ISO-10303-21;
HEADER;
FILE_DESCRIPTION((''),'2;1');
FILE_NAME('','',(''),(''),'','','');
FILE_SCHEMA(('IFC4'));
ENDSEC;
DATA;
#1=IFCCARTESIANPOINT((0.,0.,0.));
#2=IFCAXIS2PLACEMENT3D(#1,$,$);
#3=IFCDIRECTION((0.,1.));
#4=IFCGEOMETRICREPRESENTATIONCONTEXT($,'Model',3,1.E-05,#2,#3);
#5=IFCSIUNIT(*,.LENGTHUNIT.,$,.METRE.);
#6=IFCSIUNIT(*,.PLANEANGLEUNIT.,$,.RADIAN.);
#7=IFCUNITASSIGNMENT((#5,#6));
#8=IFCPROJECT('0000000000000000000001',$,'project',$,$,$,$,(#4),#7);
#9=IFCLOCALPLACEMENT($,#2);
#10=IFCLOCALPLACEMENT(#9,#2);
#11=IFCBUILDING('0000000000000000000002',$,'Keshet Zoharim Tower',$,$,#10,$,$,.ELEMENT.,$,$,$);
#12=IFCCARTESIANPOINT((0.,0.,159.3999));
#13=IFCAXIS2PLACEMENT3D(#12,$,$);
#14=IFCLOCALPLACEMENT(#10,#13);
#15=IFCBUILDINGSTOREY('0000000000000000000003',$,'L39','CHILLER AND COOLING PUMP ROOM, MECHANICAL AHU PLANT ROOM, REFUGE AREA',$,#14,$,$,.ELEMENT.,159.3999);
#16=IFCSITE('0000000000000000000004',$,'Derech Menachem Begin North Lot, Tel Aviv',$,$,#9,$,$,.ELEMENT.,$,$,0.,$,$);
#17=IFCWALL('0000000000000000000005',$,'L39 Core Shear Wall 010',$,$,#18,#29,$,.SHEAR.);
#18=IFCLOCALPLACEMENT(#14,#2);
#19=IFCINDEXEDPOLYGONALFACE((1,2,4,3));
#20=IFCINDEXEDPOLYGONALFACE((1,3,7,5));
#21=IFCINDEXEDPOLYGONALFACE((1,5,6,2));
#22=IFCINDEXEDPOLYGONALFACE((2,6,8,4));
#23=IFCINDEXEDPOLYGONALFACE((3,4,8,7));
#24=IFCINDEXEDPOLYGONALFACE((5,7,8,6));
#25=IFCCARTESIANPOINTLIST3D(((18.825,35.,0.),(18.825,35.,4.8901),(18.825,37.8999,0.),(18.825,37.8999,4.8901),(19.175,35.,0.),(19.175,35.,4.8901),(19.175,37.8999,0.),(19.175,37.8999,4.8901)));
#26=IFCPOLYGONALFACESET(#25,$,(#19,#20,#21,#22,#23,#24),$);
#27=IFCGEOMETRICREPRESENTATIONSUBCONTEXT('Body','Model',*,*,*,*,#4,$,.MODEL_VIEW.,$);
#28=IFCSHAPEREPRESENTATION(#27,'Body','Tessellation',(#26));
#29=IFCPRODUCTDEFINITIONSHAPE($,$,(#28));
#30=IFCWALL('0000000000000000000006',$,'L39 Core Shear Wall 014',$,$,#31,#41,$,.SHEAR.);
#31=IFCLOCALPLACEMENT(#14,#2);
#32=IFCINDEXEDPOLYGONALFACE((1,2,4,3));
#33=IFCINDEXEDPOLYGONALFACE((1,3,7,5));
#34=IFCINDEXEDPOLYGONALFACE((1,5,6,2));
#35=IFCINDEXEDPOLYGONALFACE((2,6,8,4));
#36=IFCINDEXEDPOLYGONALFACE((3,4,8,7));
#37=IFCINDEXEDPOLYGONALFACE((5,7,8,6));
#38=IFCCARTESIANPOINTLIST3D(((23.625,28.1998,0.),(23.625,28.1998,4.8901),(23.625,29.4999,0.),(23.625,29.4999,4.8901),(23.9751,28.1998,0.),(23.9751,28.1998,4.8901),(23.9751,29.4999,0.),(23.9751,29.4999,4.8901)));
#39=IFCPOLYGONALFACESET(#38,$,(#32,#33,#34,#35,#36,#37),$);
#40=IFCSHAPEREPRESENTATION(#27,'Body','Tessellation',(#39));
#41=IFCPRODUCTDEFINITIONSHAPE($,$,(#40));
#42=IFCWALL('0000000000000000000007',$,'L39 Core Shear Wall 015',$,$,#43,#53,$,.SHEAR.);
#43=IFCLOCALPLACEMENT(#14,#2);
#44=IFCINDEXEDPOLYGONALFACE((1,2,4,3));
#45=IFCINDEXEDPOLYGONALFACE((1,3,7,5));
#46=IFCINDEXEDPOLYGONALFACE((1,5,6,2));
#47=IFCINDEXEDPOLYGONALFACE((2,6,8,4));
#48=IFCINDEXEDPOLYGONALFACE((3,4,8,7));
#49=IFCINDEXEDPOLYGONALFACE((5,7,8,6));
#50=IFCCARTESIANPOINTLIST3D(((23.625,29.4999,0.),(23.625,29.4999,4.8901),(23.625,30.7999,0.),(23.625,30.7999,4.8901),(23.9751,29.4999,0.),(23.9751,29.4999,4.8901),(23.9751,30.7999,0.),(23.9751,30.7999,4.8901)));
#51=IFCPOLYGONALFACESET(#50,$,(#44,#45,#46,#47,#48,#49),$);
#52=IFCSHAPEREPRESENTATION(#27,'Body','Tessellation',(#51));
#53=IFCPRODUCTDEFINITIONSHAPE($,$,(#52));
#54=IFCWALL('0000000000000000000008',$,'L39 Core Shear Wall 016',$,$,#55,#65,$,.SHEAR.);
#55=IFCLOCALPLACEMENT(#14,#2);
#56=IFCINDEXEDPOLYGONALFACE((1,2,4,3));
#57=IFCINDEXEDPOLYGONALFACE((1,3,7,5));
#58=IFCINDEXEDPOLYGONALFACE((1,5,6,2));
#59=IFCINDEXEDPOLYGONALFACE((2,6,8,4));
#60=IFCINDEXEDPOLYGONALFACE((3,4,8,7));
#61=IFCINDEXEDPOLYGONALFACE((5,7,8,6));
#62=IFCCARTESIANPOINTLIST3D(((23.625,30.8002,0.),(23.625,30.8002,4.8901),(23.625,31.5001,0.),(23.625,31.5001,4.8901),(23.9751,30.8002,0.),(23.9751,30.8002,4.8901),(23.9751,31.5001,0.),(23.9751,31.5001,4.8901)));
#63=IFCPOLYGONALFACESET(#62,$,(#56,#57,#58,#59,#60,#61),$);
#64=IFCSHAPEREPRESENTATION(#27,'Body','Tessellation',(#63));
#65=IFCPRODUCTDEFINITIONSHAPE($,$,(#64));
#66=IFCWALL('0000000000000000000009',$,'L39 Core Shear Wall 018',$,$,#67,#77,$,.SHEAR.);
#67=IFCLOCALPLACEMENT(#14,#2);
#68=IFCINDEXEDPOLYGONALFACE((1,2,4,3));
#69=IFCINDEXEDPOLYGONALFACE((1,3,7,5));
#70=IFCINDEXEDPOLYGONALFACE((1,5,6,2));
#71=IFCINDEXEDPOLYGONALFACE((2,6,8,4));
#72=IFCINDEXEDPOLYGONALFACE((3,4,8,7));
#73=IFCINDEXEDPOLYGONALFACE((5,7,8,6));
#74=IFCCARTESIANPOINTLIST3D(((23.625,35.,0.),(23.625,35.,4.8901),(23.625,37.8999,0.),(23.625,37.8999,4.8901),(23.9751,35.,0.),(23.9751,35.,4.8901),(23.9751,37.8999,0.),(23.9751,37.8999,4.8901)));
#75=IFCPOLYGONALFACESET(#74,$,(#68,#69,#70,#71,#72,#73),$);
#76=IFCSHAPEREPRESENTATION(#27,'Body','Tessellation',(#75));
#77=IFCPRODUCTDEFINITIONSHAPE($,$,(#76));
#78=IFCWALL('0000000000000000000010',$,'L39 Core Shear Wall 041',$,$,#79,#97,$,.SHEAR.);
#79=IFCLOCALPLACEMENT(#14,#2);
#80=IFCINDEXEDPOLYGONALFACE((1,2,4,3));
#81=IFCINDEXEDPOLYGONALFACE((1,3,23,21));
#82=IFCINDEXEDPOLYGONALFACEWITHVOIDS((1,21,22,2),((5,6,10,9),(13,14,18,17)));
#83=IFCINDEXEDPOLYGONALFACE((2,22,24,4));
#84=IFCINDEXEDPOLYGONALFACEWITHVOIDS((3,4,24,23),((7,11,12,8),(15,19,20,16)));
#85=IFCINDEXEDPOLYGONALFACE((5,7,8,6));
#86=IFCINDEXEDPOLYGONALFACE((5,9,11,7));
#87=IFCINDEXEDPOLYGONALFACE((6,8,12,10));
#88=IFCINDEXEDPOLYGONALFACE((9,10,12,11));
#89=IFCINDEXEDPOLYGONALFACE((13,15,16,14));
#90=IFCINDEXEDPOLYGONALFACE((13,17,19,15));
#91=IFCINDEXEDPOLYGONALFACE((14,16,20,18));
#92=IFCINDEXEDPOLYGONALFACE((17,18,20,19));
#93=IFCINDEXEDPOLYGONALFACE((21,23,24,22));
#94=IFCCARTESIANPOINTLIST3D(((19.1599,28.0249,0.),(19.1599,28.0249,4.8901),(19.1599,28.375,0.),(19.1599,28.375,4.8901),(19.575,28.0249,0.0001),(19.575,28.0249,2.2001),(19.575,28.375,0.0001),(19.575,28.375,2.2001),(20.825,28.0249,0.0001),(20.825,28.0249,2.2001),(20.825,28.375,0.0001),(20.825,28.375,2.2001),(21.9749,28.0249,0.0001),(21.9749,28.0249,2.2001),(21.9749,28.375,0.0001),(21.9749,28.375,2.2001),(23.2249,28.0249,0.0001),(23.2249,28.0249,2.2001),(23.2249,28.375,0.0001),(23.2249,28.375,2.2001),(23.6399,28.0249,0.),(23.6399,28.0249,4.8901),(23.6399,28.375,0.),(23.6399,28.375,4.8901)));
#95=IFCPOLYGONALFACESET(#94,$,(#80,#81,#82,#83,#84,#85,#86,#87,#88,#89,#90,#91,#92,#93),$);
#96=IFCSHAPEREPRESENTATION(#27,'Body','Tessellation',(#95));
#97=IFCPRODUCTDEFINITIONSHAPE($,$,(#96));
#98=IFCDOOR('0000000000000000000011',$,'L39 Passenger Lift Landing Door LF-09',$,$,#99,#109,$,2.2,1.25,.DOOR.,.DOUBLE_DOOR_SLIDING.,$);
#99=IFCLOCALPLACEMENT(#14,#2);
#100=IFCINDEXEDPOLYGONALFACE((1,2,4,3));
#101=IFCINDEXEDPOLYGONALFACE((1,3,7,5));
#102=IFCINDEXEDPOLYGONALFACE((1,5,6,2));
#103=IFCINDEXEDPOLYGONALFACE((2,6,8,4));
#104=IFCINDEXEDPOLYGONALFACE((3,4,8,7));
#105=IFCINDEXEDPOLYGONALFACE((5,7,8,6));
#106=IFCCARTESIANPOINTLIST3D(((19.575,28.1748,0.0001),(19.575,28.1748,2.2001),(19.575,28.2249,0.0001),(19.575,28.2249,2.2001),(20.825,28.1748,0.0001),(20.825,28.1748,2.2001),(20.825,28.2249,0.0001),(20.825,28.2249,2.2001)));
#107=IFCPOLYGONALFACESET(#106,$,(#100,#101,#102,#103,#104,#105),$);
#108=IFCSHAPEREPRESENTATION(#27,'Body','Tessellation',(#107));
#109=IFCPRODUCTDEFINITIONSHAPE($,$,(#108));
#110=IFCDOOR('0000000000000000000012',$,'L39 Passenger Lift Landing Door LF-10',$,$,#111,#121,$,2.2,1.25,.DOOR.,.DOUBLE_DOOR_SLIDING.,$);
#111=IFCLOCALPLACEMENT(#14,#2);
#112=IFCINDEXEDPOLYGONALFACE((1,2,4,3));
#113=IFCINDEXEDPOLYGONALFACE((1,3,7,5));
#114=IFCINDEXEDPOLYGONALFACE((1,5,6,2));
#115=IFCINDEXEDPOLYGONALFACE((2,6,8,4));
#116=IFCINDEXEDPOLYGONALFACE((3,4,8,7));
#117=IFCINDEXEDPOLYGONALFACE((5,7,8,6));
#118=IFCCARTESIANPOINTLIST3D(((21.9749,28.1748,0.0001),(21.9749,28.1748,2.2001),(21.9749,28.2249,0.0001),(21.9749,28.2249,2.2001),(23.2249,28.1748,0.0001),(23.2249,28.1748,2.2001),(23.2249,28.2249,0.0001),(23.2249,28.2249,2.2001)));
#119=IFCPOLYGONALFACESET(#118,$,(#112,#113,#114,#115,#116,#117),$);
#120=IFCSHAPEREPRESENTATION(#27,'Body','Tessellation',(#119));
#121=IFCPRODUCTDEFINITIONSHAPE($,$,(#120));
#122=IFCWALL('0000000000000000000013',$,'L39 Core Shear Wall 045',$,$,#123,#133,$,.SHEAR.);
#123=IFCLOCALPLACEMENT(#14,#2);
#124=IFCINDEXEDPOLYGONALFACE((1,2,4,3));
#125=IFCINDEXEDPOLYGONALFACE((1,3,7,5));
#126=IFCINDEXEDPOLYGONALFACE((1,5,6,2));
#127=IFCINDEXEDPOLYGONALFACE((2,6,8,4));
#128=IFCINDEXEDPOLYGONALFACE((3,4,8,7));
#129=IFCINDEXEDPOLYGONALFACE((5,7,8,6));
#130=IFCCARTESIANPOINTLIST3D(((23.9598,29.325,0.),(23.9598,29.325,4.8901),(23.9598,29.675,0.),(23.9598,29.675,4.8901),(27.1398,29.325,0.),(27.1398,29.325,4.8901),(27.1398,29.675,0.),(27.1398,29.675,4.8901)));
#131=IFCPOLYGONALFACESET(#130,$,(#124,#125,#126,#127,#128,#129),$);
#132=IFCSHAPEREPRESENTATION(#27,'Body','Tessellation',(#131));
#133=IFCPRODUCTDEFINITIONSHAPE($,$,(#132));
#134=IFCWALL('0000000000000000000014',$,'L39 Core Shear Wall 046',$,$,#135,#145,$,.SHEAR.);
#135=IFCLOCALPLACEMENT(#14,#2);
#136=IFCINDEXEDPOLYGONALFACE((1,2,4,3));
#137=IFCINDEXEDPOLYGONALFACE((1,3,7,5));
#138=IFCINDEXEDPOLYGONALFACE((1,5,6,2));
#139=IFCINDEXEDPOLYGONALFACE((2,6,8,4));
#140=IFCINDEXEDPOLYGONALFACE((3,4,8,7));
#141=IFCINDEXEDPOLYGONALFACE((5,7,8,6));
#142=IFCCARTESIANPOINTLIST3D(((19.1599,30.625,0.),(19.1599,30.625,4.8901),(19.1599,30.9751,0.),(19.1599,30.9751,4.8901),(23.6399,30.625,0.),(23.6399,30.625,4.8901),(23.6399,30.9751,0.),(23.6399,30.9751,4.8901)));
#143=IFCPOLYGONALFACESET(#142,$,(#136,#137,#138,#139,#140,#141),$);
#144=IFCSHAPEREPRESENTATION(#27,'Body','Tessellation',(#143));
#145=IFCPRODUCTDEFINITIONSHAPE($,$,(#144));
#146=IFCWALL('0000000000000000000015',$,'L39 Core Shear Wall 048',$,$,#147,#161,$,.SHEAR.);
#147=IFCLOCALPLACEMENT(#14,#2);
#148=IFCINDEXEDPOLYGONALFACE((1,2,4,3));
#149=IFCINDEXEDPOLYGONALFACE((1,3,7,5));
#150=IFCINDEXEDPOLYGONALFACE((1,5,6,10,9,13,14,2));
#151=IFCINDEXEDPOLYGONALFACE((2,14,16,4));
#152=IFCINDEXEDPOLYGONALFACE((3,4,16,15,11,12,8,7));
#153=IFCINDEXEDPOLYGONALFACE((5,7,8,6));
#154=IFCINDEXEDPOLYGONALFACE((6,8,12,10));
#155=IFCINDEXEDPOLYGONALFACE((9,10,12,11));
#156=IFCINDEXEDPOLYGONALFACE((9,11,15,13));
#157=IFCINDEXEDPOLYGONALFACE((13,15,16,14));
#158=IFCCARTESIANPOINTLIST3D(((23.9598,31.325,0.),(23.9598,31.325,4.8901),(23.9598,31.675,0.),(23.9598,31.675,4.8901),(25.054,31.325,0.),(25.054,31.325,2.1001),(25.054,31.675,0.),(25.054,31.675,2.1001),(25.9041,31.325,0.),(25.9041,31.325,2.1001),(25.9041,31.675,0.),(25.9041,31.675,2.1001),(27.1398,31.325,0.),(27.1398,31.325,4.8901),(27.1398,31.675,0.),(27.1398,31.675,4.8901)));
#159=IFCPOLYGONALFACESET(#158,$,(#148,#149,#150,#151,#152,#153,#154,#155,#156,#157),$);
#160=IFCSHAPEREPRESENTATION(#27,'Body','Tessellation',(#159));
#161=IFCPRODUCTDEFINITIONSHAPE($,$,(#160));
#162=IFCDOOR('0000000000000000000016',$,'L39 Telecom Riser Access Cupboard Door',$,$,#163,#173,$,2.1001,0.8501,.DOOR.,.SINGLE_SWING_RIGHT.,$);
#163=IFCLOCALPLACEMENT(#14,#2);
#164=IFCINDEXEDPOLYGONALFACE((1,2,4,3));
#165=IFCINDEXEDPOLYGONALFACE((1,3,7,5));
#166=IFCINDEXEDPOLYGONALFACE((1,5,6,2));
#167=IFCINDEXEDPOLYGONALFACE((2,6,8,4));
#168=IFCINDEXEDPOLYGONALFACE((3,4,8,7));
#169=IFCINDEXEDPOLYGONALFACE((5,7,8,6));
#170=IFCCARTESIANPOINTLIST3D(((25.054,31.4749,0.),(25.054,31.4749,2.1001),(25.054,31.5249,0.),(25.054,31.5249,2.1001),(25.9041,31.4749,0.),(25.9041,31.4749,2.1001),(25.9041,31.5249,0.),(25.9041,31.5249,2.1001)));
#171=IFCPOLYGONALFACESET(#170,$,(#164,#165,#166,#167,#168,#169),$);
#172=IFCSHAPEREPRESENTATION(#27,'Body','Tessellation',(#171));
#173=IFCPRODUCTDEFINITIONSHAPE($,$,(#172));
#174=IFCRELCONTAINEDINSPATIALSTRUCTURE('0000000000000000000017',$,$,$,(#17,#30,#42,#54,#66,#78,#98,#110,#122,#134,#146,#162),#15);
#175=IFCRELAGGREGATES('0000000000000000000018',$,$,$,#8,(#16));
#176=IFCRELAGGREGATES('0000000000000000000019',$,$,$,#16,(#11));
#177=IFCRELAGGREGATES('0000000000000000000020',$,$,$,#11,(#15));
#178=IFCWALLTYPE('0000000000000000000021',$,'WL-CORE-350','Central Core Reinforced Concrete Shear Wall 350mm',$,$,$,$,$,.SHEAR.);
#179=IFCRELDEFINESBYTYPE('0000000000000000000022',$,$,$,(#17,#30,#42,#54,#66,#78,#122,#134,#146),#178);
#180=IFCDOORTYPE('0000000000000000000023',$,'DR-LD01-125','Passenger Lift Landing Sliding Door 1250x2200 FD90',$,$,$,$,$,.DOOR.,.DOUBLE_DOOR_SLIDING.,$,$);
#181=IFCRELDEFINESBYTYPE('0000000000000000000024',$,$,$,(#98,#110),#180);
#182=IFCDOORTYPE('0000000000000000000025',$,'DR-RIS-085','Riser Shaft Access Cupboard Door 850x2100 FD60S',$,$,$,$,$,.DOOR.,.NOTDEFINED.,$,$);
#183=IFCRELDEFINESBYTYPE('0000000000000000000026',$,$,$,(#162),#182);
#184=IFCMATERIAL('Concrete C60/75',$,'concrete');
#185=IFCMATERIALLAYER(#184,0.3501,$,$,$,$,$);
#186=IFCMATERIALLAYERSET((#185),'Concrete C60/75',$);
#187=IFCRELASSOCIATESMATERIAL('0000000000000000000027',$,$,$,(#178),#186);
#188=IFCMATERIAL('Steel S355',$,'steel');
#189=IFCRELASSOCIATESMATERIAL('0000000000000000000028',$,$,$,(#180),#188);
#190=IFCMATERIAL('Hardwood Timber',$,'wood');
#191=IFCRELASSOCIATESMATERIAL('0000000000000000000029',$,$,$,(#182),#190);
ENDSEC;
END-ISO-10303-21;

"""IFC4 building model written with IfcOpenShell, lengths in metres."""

from ifc_helpers import new_model, si_unit, direction, frame, frame_2d, origin, place, context, subcontext, project, spatial, rectangle, extrude, material, layer, layer_set, type_object, element, fill, save


model = new_model("IFC4")

# Units and contexts
model_context = context("Model", 3, precision=1e-05, world=origin(), true_north=direction((0.0, 1.0)))
body_context = subcontext(model_context, "Body", "Model", "MODEL_VIEW")
ifc_project = project(units=[si_unit("LENGTHUNIT", "METRE"), si_unit("PLANEANGLEUNIT", "RADIAN")], contexts=[model_context])

# Site, building, storey
site_placement = place(None, origin())
site = spatial("IfcSite", under=ifc_project, at=site_placement, Name="Derech Menachem Begin North Lot, Tel Aviv", CompositionType="ELEMENT", RefElevation=0.0)
building_placement = place(site_placement, origin())
building = spatial("IfcBuilding", under=site, at=building_placement, Name="Keshet Zoharim Tower", CompositionType="ELEMENT")
storey_placement = place(building_placement, frame((0.0, 0.0, 159.3999)))
storey = spatial("IfcBuildingStorey", under=building, at=storey_placement, Name="L39", Description="CHILLER AND COOLING PUMP ROOM, MECHANICAL AHU PLANT ROOM, REFUGE AREA", CompositionType="ELEMENT", Elevation=159.3999)

# Walls
ifc_material_1 = material(Name="Concrete C60/75", Category="concrete")
ifc_layer_1 = layer(ifc_material_1, 0.3501)
ifc_layer_set_1 = layer_set([ifc_layer_1], Name="Concrete C60/75")
wall_type_1 = type_object("IfcWallType", Name="WL-CORE-350", Description="Central Core Reinforced Concrete Shear Wall 350mm", PredefinedType="SHEAR", material=ifc_layer_set_1)
wall_1_placement = place(storey_placement, frame((19.0, 35.0, 0.0), z_axis=(0.0, 0.0, 1.0), x_axis=(0.0, 1.0, 0.0)))
element("IfcWall", 1, at=wall_1_placement, inside=storey, type_object=wall_type_1, Name="L39 Core Shear Wall 010", PredefinedType="SHEAR", context=body_context, shape_type="SweptSolid", body=[
    extrude(rectangle(XDim=2.8999, YDim=0.3501, at=frame_2d((1.45, 0.0))), origin(), (0.0, 0.0, 1.0), 4.8901),
])
for number, where, z_axis, x_axis, name in (
    (2, (23.8, 28.2, 0.0), (0.0, 0.0, 1.0), (0.0, 1.0, 0.0), "L39 Core Shear Wall 014"),
    (3, (23.8, 29.5, 0.0), (0.0, 0.0, 1.0), (0.0, 1.0, 0.0), "L39 Core Shear Wall 015"),
):
    element("IfcWall", number, at=place(storey_placement, frame(where, z_axis=z_axis, x_axis=x_axis)), inside=storey, type_object=wall_type_1, Name=name, PredefinedType="SHEAR", context=body_context, shape_type="SweptSolid", body=[
        extrude(rectangle(XDim=1.3, YDim=0.3501, at=frame_2d((0.6499, 0.0))), origin(), (0.0, 0.0, 1.0), 4.8901),
    ])
wall_2_placement = place(storey_placement, frame((23.8, 30.8, 0.0), z_axis=(0.0, 0.0, 1.0), x_axis=(0.0, 1.0, 0.0)))
element("IfcWall", 4, at=wall_2_placement, inside=storey, type_object=wall_type_1, Name="L39 Core Shear Wall 016", PredefinedType="SHEAR", context=body_context, shape_type="SweptSolid", body=[
    extrude(rectangle(XDim=0.7, YDim=0.3501, at=frame_2d((0.3501, 0.0))), origin(), (0.0, 0.0, 1.0), 4.8901),
])

# Shared definitions
ifc_material_2 = material(Name="Hardwood Timber", Category="wood")

# Wall
wall_3_placement = place(storey_placement, frame((23.8, 35.0, 0.0), z_axis=(0.0, 0.0, 1.0), x_axis=(0.0, 1.0, 0.0)))
element("IfcWall", 5, at=wall_3_placement, inside=storey, type_object=wall_type_1, Name="L39 Core Shear Wall 018", PredefinedType="SHEAR", context=body_context, shape_type="SweptSolid", body=[
    extrude(rectangle(XDim=2.8999, YDim=0.3501, at=frame_2d((1.45, 0.0))), origin(), (0.0, 0.0, 1.0), 4.8901),
])

# Wall, openings, doors
wall_4_placement = place(storey_placement, frame((19.1599, 28.2, 0.0), z_axis=(0.0, 0.0, 1.0), x_axis=(1.0, 0.0, 0.0)))
wall_4 = element("IfcWall", 6, at=wall_4_placement, inside=storey, type_object=wall_type_1, Name="L39 Core Shear Wall 041", PredefinedType="SHEAR", context=body_context, shape_type="SweptSolid", body=[
    extrude(rectangle(XDim=4.48, YDim=0.3501, at=frame_2d((2.24, 0.0))), origin(), (0.0, 0.0, 1.0), 4.8901),
])
opening_1_placement = place(wall_4_placement, frame((0.415, 0.0, 0.0)))
opening_1 = element("IfcOpeningElement", 7, at=opening_1_placement, cuts=wall_4, PredefinedType="OPENING", context=body_context, shape_type="SweptSolid", body=[
    extrude(rectangle(XDim=1.25, YDim=2.2, at=frame_2d((0.625, 1.1001))), frame((0.0, 0.1851, 0.0), z_axis=(0.0, -1.0, 0.0), x_axis=(1.0, 0.0, 0.0)), (0.0, 0.0, 1.0), 0.3701),
])
opening_2_placement = place(wall_4_placement, frame((2.8149, 0.0, 0.0)))
opening_2 = element("IfcOpeningElement", 8, at=opening_2_placement, cuts=wall_4, PredefinedType="OPENING", context=body_context, shape_type="SweptSolid", body=[
    extrude(rectangle(XDim=1.25, YDim=2.2, at=frame_2d((0.625, 1.1001))), frame((0.0, 0.1851, 0.0), z_axis=(0.0, -1.0, 0.0), x_axis=(1.0, 0.0, 0.0)), (0.0, 0.0, 1.0), 0.3701),
])
ifc_material_3 = material(Name="Steel S355", Category="steel")
door_type_1 = type_object("IfcDoorType", Name="DR-LD01-125", Description="Passenger Lift Landing Sliding Door 1250x2200 FD90", OperationType="DOUBLE_DOOR_SLIDING", PredefinedType="DOOR", material=ifc_material_3)
door_1_placement = place(opening_1_placement, origin())
door_1 = element("IfcDoor", 9, at=door_1_placement, inside=storey, type_object=door_type_1, Name="L39 Passenger Lift Landing Door LF-09", OperationType="DOUBLE_DOOR_SLIDING", OverallHeight=2.2, OverallWidth=1.25, PredefinedType="DOOR", context=body_context, shape_type="SweptSolid", body=[
    extrude(rectangle(XDim=1.25, YDim=2.2, at=frame_2d((0.625, 1.1001))), frame((0.0, 0.0249, 0.0), z_axis=(0.0, -1.0, 0.0), x_axis=(1.0, 0.0, 0.0)), (0.0, 0.0, 1.0), 0.05),
])
fill(opening_1, door_1)
door_2_placement = place(opening_2_placement, origin())
door_2 = element("IfcDoor", 10, at=door_2_placement, inside=storey, type_object=door_type_1, Name="L39 Passenger Lift Landing Door LF-10", OperationType="DOUBLE_DOOR_SLIDING", OverallHeight=2.2, OverallWidth=1.25, PredefinedType="DOOR", context=body_context, shape_type="SweptSolid", body=[
    extrude(rectangle(XDim=1.25, YDim=2.2, at=frame_2d((0.625, 1.1001))), frame((0.0, 0.0249, 0.0), z_axis=(0.0, -1.0, 0.0), x_axis=(1.0, 0.0, 0.0)), (0.0, 0.0, 1.0), 0.05),
])
fill(opening_2, door_2)

# Walls
wall_5_placement = place(storey_placement, frame((23.96, 29.5, 0.0), z_axis=(0.0, 0.0, 1.0), x_axis=(1.0, 0.0, 0.0)))
element("IfcWall", 11, at=wall_5_placement, inside=storey, type_object=wall_type_1, Name="L39 Core Shear Wall 045", PredefinedType="SHEAR", context=body_context, shape_type="SweptSolid", body=[
    extrude(rectangle(XDim=3.1799, YDim=0.3501, at=frame_2d((1.5898, 0.0))), origin(), (0.0, 0.0, 1.0), 4.8901),
])
wall_6_placement = place(storey_placement, frame((19.1599, 30.8, 0.0), z_axis=(0.0, 0.0, 1.0), x_axis=(1.0, 0.0, 0.0)))
element("IfcWall", 12, at=wall_6_placement, inside=storey, type_object=wall_type_1, Name="L39 Core Shear Wall 046", PredefinedType="SHEAR", context=body_context, shape_type="SweptSolid", body=[
    extrude(rectangle(XDim=4.48, YDim=0.3501, at=frame_2d((2.24, 0.0))), origin(), (0.0, 0.0, 1.0), 4.8901),
])

# Wall, opening, door
wall_7_placement = place(storey_placement, frame((23.96, 31.5, 0.0), z_axis=(0.0, 0.0, 1.0), x_axis=(1.0, 0.0, 0.0)))
wall_7 = element("IfcWall", 13, at=wall_7_placement, inside=storey, type_object=wall_type_1, Name="L39 Core Shear Wall 048", PredefinedType="SHEAR", context=body_context, shape_type="SweptSolid", body=[
    extrude(rectangle(XDim=3.1799, YDim=0.3501, at=frame_2d((1.5898, 0.0))), origin(), (0.0, 0.0, 1.0), 4.8901),
])
opening_3_placement = place(wall_7_placement, frame((1.094, 0.0, 0.0)))
opening_3 = element("IfcOpeningElement", 14, at=opening_3_placement, cuts=wall_7, PredefinedType="OPENING", context=body_context, shape_type="SweptSolid", body=[
    extrude(rectangle(XDim=0.8501, YDim=2.1001, at=frame_2d((0.425, 1.05))), frame((0.0, 0.1851, 0.0), z_axis=(0.0, -1.0, 0.0), x_axis=(1.0, 0.0, 0.0)), (0.0, 0.0, 1.0), 0.3701),
])
door_type_2 = type_object("IfcDoorType", Name="DR-RIS-085", Description="Riser Shaft Access Cupboard Door 850x2100 FD60S", OperationType="NOTDEFINED", PredefinedType="DOOR", material=ifc_material_2)
door_3_placement = place(opening_3_placement, origin())
door_3 = element("IfcDoor", 15, at=door_3_placement, inside=storey, type_object=door_type_2, Name="L39 Telecom Riser Access Cupboard Door", OperationType="SINGLE_SWING_RIGHT", OverallHeight=2.1001, OverallWidth=0.8501, PredefinedType="DOOR", context=body_context, shape_type="SweptSolid", body=[
    extrude(rectangle(XDim=0.8501, YDim=2.1001, at=frame_2d((0.425, 1.05))), frame((0.0, 0.0249, 0.0), z_axis=(0.0, -1.0, 0.0), x_axis=(1.0, 0.0, 0.0)), (0.0, 0.0, 1.0), 0.05),
])
fill(opening_3, door_3)

save(model, "model.ifc")
